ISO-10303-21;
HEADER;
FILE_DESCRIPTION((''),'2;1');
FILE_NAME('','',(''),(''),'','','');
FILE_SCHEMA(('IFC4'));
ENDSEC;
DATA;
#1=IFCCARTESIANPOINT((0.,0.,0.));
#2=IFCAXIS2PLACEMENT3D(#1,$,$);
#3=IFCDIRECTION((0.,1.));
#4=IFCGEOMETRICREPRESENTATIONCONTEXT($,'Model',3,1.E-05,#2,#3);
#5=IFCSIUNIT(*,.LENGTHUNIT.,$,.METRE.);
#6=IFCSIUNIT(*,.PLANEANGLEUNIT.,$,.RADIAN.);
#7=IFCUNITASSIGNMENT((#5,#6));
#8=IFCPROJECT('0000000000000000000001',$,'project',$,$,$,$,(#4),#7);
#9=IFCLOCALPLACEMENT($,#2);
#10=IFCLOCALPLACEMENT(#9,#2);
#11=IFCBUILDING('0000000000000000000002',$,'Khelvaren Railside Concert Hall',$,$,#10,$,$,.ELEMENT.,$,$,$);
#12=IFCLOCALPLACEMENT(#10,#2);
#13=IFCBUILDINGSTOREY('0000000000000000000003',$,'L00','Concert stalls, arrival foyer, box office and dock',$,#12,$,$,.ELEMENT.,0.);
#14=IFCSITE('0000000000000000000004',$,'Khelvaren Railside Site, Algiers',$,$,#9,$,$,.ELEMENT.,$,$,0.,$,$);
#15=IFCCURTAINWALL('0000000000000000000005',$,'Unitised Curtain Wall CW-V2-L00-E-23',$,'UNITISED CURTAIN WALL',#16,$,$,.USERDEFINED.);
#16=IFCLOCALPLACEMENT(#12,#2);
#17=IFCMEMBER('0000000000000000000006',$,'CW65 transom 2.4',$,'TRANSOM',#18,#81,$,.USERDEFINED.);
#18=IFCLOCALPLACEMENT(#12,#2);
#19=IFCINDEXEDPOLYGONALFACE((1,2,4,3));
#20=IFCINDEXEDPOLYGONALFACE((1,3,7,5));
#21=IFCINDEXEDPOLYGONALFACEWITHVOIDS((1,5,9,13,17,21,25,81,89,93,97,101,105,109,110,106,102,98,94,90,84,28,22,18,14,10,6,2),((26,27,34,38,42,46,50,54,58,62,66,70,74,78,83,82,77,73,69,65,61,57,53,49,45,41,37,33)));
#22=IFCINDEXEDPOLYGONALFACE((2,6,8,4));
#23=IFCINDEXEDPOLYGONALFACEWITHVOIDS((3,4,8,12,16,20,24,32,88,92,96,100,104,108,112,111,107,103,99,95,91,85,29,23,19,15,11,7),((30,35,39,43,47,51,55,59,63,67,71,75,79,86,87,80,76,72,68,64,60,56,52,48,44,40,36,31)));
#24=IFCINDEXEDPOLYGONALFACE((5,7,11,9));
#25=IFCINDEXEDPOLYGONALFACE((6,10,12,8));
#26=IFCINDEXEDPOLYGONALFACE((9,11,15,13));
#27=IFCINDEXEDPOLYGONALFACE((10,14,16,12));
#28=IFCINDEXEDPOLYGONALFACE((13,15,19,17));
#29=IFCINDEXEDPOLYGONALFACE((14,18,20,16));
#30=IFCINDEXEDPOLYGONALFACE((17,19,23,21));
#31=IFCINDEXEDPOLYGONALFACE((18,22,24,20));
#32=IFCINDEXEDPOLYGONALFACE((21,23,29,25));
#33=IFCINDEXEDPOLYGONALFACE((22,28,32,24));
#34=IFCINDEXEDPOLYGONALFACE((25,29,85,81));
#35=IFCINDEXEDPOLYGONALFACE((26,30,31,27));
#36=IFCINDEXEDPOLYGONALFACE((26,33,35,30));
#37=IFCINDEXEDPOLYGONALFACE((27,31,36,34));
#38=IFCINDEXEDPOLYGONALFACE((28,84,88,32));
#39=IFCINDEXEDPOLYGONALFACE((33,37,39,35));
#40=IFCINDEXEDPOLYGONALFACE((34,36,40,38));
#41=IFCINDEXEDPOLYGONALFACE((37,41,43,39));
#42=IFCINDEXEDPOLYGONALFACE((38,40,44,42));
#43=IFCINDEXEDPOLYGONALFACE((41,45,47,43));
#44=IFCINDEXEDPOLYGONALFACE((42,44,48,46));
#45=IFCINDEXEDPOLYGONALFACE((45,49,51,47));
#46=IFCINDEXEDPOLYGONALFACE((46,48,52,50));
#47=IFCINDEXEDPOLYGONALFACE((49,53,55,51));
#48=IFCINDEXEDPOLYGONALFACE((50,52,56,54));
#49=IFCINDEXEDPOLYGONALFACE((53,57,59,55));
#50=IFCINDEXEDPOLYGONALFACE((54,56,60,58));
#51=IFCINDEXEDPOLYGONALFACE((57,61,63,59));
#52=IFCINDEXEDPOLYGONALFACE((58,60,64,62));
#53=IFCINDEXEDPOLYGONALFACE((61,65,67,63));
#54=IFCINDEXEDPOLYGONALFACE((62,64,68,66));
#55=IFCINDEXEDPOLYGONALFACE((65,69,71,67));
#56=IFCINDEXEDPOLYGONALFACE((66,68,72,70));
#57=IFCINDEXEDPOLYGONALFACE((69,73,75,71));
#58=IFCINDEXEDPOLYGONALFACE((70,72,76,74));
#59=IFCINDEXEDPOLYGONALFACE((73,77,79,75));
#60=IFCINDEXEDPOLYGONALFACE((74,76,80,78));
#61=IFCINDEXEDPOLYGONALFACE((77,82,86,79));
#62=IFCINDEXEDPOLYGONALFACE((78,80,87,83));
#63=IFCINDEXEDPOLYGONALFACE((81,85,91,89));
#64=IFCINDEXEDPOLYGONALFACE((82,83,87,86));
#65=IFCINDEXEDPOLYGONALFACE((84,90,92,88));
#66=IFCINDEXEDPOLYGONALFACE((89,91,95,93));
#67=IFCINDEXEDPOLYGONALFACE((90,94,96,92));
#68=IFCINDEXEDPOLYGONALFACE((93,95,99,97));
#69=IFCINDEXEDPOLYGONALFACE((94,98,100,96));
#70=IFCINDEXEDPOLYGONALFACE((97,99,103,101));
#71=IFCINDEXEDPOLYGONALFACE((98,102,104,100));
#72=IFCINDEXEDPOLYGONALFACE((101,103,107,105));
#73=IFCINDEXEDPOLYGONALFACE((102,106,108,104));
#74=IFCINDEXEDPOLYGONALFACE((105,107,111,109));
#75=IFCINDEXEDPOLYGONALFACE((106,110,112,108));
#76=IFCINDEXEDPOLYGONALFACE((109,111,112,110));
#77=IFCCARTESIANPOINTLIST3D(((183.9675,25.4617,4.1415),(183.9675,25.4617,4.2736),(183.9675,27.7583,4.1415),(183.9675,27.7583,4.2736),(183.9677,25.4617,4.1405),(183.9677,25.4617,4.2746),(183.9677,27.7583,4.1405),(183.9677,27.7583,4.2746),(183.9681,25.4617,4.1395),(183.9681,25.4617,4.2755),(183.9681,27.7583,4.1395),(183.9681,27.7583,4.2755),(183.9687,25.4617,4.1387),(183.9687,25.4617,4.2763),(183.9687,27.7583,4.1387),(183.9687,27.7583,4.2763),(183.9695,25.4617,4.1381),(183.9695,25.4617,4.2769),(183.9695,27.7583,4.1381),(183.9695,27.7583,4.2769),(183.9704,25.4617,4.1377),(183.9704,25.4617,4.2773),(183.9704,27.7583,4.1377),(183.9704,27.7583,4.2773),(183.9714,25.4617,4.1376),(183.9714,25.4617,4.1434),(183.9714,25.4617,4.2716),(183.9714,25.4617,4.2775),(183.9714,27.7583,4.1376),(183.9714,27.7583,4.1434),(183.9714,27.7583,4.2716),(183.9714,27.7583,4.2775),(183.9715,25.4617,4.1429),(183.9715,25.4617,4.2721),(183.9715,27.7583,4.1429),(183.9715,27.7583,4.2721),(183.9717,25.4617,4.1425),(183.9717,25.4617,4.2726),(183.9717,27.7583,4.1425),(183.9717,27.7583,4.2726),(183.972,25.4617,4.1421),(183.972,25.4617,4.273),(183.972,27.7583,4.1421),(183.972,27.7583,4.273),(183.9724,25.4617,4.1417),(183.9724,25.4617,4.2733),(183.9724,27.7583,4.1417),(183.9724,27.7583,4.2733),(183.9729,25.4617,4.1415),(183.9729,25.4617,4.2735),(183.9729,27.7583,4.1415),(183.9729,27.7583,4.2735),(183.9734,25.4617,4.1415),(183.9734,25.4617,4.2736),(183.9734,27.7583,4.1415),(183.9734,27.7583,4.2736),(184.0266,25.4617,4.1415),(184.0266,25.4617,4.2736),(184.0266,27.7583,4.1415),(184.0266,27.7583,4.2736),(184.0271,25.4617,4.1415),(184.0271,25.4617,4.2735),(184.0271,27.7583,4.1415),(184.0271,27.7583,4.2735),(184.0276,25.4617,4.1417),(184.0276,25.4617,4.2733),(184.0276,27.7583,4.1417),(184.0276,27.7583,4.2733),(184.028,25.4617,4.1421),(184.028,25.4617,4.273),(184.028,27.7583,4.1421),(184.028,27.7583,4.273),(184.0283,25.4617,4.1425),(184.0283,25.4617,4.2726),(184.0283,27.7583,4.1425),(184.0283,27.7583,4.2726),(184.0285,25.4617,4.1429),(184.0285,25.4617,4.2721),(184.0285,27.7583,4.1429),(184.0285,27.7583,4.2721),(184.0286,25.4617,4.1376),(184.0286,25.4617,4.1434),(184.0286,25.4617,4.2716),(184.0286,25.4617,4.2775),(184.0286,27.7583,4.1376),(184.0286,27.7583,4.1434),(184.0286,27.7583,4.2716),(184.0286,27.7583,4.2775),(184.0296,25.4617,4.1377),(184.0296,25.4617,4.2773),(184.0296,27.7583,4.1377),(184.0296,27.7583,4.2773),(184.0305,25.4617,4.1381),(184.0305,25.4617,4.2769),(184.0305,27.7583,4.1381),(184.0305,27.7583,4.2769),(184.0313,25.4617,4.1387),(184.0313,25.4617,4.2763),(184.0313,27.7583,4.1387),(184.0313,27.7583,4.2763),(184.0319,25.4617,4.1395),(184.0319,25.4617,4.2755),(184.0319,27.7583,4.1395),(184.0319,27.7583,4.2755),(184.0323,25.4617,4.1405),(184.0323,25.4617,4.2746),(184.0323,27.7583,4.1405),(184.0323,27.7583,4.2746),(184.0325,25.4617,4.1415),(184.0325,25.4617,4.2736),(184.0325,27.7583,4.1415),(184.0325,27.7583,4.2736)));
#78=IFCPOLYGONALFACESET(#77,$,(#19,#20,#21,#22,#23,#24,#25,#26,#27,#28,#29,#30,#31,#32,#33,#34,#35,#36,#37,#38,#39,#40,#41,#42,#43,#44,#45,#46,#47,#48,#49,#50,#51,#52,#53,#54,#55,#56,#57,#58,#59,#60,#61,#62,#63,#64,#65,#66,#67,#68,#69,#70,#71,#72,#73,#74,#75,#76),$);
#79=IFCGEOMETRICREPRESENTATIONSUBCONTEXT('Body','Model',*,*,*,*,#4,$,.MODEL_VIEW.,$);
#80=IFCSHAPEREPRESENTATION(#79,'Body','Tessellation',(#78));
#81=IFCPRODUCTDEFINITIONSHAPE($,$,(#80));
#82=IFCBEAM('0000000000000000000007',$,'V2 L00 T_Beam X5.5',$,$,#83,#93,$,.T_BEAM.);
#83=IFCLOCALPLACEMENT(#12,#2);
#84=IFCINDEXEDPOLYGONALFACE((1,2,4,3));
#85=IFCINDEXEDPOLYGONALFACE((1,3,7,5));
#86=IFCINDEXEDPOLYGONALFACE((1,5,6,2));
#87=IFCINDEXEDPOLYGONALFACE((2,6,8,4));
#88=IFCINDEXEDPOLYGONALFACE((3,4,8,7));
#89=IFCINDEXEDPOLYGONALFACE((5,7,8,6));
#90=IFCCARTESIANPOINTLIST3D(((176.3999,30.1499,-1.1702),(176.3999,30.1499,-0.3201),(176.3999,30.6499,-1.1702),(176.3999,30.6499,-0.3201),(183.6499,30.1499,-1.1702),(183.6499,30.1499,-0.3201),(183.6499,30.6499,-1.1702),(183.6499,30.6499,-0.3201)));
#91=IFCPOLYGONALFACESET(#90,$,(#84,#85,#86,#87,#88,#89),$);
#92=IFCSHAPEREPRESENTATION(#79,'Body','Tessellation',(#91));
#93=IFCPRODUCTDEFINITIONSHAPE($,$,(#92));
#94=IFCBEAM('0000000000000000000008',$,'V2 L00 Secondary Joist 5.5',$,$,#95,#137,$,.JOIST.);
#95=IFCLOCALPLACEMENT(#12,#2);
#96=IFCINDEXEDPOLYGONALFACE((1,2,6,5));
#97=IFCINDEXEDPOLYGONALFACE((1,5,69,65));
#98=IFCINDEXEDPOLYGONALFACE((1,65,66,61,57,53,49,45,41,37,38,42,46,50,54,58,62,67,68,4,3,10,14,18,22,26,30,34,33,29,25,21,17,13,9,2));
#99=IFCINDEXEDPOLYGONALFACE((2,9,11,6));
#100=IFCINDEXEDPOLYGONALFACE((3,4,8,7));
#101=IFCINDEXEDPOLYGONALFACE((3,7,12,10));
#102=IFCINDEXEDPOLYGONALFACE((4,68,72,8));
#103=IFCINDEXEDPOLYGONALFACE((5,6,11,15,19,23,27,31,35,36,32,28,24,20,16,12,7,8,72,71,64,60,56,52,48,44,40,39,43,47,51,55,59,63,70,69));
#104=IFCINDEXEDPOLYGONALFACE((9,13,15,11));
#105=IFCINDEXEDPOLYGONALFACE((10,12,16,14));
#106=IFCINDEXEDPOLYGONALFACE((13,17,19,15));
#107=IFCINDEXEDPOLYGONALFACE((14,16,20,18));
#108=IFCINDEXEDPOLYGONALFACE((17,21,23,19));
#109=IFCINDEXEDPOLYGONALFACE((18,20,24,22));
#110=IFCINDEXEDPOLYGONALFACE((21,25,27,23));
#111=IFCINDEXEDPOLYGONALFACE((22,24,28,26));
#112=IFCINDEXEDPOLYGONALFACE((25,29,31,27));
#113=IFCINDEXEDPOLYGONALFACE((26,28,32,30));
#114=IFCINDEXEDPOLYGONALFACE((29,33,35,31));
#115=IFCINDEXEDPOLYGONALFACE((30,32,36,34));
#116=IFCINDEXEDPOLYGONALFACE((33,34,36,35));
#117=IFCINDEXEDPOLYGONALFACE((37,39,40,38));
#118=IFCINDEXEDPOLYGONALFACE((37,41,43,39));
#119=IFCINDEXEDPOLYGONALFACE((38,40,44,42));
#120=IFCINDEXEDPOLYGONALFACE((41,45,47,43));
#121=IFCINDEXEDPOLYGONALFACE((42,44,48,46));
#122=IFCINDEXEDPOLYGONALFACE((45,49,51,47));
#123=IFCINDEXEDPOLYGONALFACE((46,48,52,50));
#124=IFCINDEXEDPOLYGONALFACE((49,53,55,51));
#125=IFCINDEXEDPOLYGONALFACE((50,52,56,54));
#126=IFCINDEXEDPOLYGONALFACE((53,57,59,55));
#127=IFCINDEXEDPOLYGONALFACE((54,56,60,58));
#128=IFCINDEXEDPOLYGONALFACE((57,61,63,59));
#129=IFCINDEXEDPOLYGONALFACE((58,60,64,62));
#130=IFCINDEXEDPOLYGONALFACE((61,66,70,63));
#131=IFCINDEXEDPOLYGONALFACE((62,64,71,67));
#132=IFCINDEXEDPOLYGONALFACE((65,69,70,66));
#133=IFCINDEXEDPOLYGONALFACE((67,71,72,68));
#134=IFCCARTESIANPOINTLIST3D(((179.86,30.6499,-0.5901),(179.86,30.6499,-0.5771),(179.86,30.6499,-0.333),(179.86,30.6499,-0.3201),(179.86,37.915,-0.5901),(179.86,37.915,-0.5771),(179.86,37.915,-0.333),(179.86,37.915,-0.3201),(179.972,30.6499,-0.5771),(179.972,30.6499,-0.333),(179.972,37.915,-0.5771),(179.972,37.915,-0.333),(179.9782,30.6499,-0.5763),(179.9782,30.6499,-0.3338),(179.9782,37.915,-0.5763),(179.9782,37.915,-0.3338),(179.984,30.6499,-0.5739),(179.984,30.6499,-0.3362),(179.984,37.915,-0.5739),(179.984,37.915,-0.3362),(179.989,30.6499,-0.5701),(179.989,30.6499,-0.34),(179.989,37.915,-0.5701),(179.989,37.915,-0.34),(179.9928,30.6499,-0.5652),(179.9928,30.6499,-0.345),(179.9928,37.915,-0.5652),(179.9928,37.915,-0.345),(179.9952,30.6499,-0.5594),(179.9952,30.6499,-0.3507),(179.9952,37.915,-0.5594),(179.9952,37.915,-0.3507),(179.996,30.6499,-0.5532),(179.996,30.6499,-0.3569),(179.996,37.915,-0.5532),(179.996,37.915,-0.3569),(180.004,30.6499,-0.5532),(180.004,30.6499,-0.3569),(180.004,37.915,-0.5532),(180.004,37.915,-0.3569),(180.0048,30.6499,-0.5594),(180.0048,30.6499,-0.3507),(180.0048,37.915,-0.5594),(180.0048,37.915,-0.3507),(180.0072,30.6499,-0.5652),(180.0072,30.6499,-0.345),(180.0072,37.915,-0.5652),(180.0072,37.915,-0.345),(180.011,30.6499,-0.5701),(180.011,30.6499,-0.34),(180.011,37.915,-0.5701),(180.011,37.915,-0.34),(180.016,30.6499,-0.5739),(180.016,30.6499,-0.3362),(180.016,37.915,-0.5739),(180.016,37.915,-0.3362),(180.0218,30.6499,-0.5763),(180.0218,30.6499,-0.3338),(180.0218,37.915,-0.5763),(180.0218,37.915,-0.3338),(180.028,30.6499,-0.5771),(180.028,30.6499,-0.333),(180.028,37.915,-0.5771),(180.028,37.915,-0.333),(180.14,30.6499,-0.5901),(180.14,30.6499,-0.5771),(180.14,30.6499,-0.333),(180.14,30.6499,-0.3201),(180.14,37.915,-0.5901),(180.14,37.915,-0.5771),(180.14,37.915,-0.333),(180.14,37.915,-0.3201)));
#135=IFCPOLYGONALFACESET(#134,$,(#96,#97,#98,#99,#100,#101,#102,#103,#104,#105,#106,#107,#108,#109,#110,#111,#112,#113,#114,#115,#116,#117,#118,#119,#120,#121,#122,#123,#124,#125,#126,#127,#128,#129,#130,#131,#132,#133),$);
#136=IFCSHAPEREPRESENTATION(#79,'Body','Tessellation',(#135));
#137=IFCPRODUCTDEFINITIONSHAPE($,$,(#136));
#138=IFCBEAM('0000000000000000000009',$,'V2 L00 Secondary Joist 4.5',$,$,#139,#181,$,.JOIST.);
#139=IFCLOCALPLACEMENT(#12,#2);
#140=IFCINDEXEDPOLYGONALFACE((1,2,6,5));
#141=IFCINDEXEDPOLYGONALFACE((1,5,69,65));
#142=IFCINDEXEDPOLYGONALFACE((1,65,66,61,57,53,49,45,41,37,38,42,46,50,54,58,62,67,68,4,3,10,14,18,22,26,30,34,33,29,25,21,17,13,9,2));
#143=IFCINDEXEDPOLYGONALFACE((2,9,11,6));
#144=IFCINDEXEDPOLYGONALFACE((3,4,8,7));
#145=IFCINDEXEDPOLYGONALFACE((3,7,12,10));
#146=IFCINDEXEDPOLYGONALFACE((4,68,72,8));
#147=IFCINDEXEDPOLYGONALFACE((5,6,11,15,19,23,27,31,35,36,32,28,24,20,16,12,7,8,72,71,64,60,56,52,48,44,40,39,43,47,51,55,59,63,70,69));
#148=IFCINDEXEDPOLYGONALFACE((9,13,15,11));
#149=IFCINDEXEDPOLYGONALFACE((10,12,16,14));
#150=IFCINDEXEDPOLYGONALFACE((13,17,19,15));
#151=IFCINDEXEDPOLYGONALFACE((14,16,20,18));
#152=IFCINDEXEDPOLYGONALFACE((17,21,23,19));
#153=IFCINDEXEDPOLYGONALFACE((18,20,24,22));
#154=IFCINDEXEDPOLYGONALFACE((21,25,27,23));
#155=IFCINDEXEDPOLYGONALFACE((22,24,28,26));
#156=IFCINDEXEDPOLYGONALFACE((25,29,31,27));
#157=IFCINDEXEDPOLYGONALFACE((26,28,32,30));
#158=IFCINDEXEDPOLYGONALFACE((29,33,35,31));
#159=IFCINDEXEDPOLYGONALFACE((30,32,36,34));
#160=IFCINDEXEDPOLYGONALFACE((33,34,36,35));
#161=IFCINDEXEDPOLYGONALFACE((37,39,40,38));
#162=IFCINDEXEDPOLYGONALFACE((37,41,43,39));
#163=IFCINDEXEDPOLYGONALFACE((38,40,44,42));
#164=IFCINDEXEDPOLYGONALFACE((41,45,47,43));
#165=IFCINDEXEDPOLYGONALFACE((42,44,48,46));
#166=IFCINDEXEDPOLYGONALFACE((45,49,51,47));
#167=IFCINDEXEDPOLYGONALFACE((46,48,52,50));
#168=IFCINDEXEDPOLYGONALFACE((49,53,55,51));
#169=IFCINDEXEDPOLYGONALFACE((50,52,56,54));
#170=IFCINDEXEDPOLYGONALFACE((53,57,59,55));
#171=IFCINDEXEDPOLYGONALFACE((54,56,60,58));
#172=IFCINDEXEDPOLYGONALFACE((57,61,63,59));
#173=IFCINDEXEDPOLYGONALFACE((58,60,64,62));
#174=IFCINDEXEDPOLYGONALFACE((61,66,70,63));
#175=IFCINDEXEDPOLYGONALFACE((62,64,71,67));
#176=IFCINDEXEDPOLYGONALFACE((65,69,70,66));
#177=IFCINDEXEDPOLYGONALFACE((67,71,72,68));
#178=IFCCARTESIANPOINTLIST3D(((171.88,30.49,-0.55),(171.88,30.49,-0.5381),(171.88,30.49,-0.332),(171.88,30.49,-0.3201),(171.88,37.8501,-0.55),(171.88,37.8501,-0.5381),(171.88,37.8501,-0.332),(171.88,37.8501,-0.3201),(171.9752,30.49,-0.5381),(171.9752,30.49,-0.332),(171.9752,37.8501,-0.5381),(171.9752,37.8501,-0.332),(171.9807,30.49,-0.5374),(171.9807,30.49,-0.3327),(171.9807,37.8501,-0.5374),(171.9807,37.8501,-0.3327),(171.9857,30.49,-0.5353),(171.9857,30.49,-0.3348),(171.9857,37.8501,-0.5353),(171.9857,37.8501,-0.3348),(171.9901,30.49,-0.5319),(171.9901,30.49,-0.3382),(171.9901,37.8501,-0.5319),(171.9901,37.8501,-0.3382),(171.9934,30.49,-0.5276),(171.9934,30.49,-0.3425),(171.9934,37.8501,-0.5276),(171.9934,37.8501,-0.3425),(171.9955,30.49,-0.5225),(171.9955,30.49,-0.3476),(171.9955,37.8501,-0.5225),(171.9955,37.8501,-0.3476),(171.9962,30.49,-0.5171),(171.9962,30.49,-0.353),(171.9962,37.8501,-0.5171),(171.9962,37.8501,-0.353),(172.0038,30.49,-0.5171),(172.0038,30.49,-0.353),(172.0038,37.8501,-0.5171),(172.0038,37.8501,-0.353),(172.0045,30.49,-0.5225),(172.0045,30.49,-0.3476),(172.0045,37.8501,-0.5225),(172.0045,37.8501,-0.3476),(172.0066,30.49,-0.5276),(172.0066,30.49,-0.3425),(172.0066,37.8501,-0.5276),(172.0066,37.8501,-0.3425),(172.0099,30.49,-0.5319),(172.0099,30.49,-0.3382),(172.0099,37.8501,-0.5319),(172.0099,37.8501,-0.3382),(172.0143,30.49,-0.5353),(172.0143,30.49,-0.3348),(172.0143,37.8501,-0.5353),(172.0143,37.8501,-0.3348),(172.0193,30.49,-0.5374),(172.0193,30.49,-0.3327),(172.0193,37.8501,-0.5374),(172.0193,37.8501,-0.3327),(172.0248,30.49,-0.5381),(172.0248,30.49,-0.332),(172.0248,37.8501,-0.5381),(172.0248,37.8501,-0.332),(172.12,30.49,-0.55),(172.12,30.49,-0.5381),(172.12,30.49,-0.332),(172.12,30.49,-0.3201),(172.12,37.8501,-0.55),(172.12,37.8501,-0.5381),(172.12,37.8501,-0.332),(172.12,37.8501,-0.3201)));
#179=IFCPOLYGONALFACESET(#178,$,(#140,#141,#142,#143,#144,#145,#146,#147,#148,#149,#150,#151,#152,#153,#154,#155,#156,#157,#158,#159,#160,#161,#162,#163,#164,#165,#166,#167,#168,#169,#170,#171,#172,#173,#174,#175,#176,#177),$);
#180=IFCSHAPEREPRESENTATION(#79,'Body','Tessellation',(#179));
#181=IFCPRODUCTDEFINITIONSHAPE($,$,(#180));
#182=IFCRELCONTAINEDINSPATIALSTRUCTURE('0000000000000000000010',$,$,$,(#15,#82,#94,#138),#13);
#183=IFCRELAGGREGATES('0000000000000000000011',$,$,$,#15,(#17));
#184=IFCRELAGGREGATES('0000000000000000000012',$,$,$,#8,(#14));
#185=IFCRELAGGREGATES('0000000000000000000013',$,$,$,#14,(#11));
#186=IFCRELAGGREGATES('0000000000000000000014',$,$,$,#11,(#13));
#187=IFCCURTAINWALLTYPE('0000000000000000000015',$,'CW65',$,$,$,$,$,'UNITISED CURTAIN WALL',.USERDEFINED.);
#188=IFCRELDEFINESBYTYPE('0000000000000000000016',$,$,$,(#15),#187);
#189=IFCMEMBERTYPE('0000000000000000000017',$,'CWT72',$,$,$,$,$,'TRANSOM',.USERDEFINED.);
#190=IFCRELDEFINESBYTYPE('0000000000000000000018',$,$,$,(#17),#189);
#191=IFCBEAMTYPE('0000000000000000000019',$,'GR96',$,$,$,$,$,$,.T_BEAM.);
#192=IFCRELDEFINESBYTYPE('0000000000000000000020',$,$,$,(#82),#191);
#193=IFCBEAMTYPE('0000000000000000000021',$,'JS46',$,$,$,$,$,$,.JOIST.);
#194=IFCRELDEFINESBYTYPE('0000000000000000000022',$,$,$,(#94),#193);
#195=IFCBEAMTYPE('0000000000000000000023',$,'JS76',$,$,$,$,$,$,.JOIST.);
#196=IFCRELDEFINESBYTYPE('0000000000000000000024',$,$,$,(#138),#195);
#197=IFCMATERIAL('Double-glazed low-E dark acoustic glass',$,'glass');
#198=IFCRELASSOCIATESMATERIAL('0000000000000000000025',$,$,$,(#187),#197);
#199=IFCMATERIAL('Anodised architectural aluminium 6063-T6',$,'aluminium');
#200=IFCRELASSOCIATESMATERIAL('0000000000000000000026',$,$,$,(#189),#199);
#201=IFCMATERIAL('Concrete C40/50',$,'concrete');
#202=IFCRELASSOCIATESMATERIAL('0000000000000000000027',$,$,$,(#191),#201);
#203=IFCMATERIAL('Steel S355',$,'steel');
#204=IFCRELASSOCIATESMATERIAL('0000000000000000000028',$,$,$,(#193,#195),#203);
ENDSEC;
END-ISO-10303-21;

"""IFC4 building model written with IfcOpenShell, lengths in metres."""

from ifc_helpers import new_model, si_unit, direction, frame, origin, origin_2d, place, context, subcontext, project, spatial, rectangle, hollow_rectangle, i_section, extrude, material, material_profile, profile_set, type_object, element, aggregate, save


model = new_model("IFC4")

# Units and contexts
model_context = context("Model", 3, precision=1e-05, world=origin(), true_north=direction((0.0, 1.0)))
body_context = subcontext(model_context, "Body", "Model", "MODEL_VIEW")
ifc_project = project(units=[si_unit("LENGTHUNIT", "METRE"), si_unit("PLANEANGLEUNIT", "RADIAN")], contexts=[model_context])

# Site, building, storey
site_placement = place(None, origin())
site = spatial("IfcSite", under=ifc_project, at=site_placement, Name="Khelvaren Railside Site, Algiers", CompositionType="ELEMENT", RefElevation=0.0)
building_placement = place(site_placement, origin())
building = spatial("IfcBuilding", under=site, at=building_placement, Name="Khelvaren Railside Concert Hall", CompositionType="ELEMENT")
storey_placement = place(building_placement, origin())
storey = spatial("IfcBuildingStorey", under=building, at=storey_placement, Name="L00", Description="Concert stalls, arrival foyer, box office and dock", CompositionType="ELEMENT", Elevation=0.0)

# Shared definitions
ifc_material_1 = material(Name="Steel S355", Category="steel")

# Curtain wall, member
ifc_material_2 = material(Name="Double-glazed low-E dark acoustic glass", Category="glass")
curtain_wall_type = type_object("IfcCurtainWallType", Name="CW65", ElementType="UNITISED CURTAIN WALL", PredefinedType="USERDEFINED", material=ifc_material_2)
curtain_wall_placement = place(storey_placement, origin())
curtain_wall = element("IfcCurtainWall", 1, at=curtain_wall_placement, inside=storey, type_object=curtain_wall_type, Name="Unitised Curtain Wall CW-V2-L00-E-23", ObjectType="UNITISED CURTAIN WALL", PredefinedType="USERDEFINED")
ifc_material_3 = material(Name="Anodised architectural aluminium 6063-T6", Category="aluminium")
ifc_material_profile_1 = material_profile(ifc_material_3, hollow_rectangle(XDim=0.0649, YDim=0.1399, WallThickness=0.0039, InnerFilletRadius=0.002, OuterFilletRadius=0.0039, at=origin_2d()), Name="CWT 65x140x4")
ifc_profile_set_1 = profile_set([ifc_material_profile_1], Name="Anodised architectural aluminium 6063-T6")
member_type = type_object("IfcMemberType", Name="CWT72", ElementType="TRANSOM", PredefinedType="USERDEFINED", material=ifc_profile_set_1)
member_1_placement = place(storey_placement, frame((184.0, 27.7583, 4.2075), z_axis=(0.0, -1.0, 0.0), x_axis=(1.0, 0.0, 0.0)))
member_1 = element("IfcMember", 2, at=member_1_placement, type_object=member_type, Name="CW65 transom 2.4", ObjectType="TRANSOM", PredefinedType="USERDEFINED", context=body_context, shape_type="SweptSolid", body=[
    extrude(hollow_rectangle(XDim=0.0649, YDim=0.1399, WallThickness=0.0039, InnerFilletRadius=0.002, OuterFilletRadius=0.0039, at=origin_2d()), origin(), (0.0, 0.0, 1.0), 2.2966),
])

# Beams
ifc_material_4 = material(Name="Concrete C40/50", Category="concrete")
ifc_material_profile_2 = material_profile(ifc_material_4, rectangle(XDim=0.5, YDim=0.8501, at=origin_2d()), Name="RCB 500x850")
ifc_profile_set_2 = profile_set([ifc_material_profile_2], Name="Concrete C40/50")
beam_type_1 = type_object("IfcBeamType", Name="GR96", PredefinedType="T_BEAM", material=ifc_profile_set_2)
beam_1_placement = place(storey_placement, frame((176.3999, 30.3999, -0.7451), z_axis=(1.0, 0.0, 0.0), x_axis=(0.0, 1.0, 0.0)))
element("IfcBeam", 3, at=beam_1_placement, inside=storey, type_object=beam_type_1, Name="V2 L00 T_Beam X5.5", PredefinedType="T_BEAM", context=body_context, shape_type="SweptSolid", body=[
    extrude(rectangle(XDim=0.5, YDim=0.8501, at=origin_2d()), origin(), (0.0, 0.0, 1.0), 7.25),
])
ifc_material_profile_3 = material_profile(ifc_material_1, i_section(OverallWidth=0.28, OverallDepth=0.27, WebThickness=0.0081, FlangeThickness=0.0129, FilletRadius=0.0239, at=origin_2d()), Name="HEA 280")
ifc_profile_set_3 = profile_set([ifc_material_profile_3], Name="Steel S355")
beam_type_2 = type_object("IfcBeamType", Name="JS46", PredefinedType="JOIST", material=ifc_profile_set_3)
beam_2_placement = place(storey_placement, frame((180.0, 30.6499, -0.4551), z_axis=(0.0, 1.0, 0.0), x_axis=(-1.0, 0.0, 0.0)))
element("IfcBeam", 4, at=beam_2_placement, inside=storey, type_object=beam_type_2, Name="V2 L00 Secondary Joist 5.5", PredefinedType="JOIST", context=body_context, shape_type="SweptSolid", body=[
    extrude(i_section(OverallWidth=0.28, OverallDepth=0.27, WebThickness=0.0081, FlangeThickness=0.0129, FilletRadius=0.0239, at=origin_2d()), origin(), (0.0, 0.0, 1.0), 7.2651),
])
ifc_material_profile_4 = material_profile(ifc_material_1, i_section(OverallWidth=0.24, OverallDepth=0.23, WebThickness=0.0076, FlangeThickness=0.012, FilletRadius=0.021, at=origin_2d()), Name="HEA 240")
ifc_profile_set_4 = profile_set([ifc_material_profile_4], Name="Steel S355")
beam_type_3 = type_object("IfcBeamType", Name="JS76", PredefinedType="JOIST", material=ifc_profile_set_4)
beam_3_placement = place(storey_placement, frame((172.0, 30.49, -0.4351), z_axis=(0.0, 1.0, 0.0), x_axis=(-1.0, 0.0, 0.0)))
element("IfcBeam", 5, at=beam_3_placement, inside=storey, type_object=beam_type_3, Name="V2 L00 Secondary Joist 4.5", PredefinedType="JOIST", context=body_context, shape_type="SweptSolid", body=[
    extrude(i_section(OverallWidth=0.24, OverallDepth=0.23, WebThickness=0.0076, FlangeThickness=0.012, FilletRadius=0.021, at=origin_2d()), origin(), (0.0, 0.0, 1.0), 7.3601),
])

aggregate(curtain_wall, [member_1])

save(model, "model.ifc")
